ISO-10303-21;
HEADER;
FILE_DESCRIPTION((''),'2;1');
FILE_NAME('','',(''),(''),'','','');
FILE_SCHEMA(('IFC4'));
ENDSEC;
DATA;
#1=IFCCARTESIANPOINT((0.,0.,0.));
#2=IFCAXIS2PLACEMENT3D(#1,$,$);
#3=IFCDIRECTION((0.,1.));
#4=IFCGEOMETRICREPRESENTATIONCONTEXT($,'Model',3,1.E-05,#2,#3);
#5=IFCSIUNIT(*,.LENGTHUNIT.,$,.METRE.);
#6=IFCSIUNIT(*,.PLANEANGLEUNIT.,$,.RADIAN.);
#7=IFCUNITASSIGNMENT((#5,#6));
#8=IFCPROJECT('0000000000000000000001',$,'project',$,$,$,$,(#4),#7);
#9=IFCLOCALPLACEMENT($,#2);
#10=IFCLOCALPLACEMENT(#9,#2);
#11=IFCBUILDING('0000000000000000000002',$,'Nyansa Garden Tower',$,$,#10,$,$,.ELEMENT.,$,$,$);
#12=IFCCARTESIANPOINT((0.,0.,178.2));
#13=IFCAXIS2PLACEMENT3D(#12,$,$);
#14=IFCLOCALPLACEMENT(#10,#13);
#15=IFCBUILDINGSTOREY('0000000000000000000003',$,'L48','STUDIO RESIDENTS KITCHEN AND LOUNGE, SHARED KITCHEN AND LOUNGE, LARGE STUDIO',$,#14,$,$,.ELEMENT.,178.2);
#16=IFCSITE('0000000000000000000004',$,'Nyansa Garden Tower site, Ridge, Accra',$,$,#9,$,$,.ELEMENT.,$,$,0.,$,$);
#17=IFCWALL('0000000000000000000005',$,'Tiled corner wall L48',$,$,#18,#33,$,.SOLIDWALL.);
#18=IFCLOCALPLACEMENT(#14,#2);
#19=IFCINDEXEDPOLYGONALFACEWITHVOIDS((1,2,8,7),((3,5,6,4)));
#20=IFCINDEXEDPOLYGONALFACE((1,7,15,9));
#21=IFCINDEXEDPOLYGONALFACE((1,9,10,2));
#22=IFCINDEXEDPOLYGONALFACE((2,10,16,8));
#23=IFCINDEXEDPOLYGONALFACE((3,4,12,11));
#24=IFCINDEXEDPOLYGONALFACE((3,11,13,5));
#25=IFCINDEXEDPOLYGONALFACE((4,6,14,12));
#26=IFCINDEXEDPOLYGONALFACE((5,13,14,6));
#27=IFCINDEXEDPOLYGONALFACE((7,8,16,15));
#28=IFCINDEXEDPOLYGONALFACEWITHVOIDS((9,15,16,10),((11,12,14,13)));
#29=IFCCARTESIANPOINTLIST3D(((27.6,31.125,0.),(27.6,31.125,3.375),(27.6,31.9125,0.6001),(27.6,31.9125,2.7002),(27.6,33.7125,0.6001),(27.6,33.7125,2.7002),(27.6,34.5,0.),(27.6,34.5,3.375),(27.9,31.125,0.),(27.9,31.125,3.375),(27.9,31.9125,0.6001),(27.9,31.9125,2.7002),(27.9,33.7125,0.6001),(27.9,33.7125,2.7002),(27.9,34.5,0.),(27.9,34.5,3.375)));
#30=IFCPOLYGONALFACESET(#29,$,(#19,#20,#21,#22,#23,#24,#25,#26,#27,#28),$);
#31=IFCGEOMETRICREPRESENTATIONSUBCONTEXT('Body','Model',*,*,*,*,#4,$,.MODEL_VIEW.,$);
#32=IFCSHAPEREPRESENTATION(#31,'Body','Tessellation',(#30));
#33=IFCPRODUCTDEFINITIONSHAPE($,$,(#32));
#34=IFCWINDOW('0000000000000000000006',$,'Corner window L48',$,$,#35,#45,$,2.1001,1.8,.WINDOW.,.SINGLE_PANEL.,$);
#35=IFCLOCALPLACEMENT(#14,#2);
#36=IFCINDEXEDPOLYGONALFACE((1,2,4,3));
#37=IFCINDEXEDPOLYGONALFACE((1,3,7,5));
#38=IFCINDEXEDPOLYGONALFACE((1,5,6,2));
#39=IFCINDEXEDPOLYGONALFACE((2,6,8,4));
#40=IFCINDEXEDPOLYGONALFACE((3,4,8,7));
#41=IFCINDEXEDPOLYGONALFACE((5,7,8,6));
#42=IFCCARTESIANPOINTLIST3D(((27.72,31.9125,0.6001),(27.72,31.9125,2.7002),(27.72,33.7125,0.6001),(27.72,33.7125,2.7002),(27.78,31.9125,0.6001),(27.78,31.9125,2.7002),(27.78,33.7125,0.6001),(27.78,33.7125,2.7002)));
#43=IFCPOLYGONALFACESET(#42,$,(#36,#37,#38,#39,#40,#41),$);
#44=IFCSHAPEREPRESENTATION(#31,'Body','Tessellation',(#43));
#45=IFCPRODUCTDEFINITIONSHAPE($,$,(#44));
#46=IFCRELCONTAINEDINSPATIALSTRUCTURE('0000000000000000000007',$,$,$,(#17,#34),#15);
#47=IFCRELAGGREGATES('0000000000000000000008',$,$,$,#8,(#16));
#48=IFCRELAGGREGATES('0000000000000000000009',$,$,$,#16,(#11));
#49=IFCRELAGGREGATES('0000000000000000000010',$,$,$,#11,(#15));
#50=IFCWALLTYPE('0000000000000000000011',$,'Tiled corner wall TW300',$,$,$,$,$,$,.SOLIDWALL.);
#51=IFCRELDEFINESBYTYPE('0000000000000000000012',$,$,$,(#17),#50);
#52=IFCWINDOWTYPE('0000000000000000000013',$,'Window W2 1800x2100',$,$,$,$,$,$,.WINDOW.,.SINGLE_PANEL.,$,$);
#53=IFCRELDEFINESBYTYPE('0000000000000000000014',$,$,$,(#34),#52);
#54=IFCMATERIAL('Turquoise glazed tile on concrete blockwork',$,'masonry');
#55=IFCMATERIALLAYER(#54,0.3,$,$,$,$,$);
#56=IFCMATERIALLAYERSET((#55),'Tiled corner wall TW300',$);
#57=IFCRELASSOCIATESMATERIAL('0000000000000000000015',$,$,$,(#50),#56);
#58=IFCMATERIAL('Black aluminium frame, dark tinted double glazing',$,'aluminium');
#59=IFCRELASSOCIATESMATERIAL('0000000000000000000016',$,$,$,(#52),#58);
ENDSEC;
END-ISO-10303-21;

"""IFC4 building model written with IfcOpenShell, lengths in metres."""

from ifc_helpers import new_model, si_unit, direction, frame, frame_2d, origin, place, context, subcontext, project, spatial, rectangle, extrude, material, layer, layer_set, type_object, element, fill, save


model = new_model("IFC4")

# Units and contexts
model_context = context("Model", 3, precision=1e-05, world=origin(), true_north=direction((0.0, 1.0)))
body_context = subcontext(model_context, "Body", "Model", "MODEL_VIEW")
ifc_project = project(units=[si_unit("LENGTHUNIT", "METRE"), si_unit("PLANEANGLEUNIT", "RADIAN")], contexts=[model_context])

# Site, building, storey
site_placement = place(None, origin())
site = spatial("IfcSite", under=ifc_project, at=site_placement, Name="Nyansa Garden Tower site, Ridge, Accra", CompositionType="ELEMENT", RefElevation=0.0)
building_placement = place(site_placement, origin())
building = spatial("IfcBuilding", under=site, at=building_placement, Name="Nyansa Garden Tower", CompositionType="ELEMENT")
storey_placement = place(building_placement, frame((0.0, 0.0, 178.2)))
storey = spatial("IfcBuildingStorey", under=building, at=storey_placement, Name="L48", Description="STUDIO RESIDENTS KITCHEN AND LOUNGE, SHARED KITCHEN AND LOUNGE, LARGE STUDIO", CompositionType="ELEMENT", Elevation=178.2)

# Wall, opening, window
ifc_material_1 = material(Name="Turquoise glazed tile on concrete blockwork", Category="masonry")
ifc_layer_1 = layer(ifc_material_1, 0.3)
ifc_layer_set_1 = layer_set([ifc_layer_1], Name="Tiled corner wall TW300")
wall_type_1 = type_object("IfcWallType", Name="Tiled corner wall TW300", PredefinedType="SOLIDWALL", material=ifc_layer_set_1)
ifc_material_2 = material(Name="Black aluminium frame, dark tinted double glazing", Category="aluminium")
window_type_1 = type_object("IfcWindowType", Name="Window W2 1800x2100", PartitioningType="SINGLE_PANEL", PredefinedType="WINDOW", material=ifc_material_2)
wall_1_placement = place(storey_placement, frame((27.75, 31.125, 0.0), z_axis=(0.0, 0.0, 1.0), x_axis=(0.0, 1.0, 0.0)))
wall_1 = element("IfcWall", 1, at=wall_1_placement, inside=storey, type_object=wall_type_1, Name="Tiled corner wall L48", PredefinedType="SOLIDWALL", context=body_context, shape_type="SweptSolid", body=[
    extrude(rectangle(XDim=3.375, YDim=0.3, at=frame_2d((1.6875, 0.0))), origin(), (0.0, 0.0, 1.0), 3.375),
])
opening_1_placement = place(wall_1_placement, frame((0.7876, 0.0, 0.6001)))
opening_1 = element("IfcOpeningElement", 2, at=opening_1_placement, cuts=wall_1, PredefinedType="OPENING", context=body_context, shape_type="SweptSolid", body=[
    extrude(rectangle(XDim=1.8, YDim=2.1001, at=frame_2d((0.8999, 1.05))), frame((0.0, 0.1599, 0.0), z_axis=(0.0, -1.0, 0.0), x_axis=(1.0, 0.0, 0.0)), (0.0, 0.0, 1.0), 0.3201),
])
window_1_placement = place(opening_1_placement, origin())
window_1 = element("IfcWindow", 3, at=window_1_placement, inside=storey, type_object=window_type_1, Name="Corner window L48", OverallHeight=2.1001, OverallWidth=1.8, PartitioningType="SINGLE_PANEL", PredefinedType="WINDOW", context=body_context, shape_type="SweptSolid", body=[
    extrude(rectangle(XDim=1.8, YDim=2.1001, at=frame_2d((0.8999, 1.05))), frame((0.0, 0.03, 0.0), z_axis=(0.0, -1.0, 0.0), x_axis=(1.0, 0.0, 0.0)), (0.0, 0.0, 1.0), 0.0601),
])
fill(opening_1, window_1)

save(model, "model.ifc")
